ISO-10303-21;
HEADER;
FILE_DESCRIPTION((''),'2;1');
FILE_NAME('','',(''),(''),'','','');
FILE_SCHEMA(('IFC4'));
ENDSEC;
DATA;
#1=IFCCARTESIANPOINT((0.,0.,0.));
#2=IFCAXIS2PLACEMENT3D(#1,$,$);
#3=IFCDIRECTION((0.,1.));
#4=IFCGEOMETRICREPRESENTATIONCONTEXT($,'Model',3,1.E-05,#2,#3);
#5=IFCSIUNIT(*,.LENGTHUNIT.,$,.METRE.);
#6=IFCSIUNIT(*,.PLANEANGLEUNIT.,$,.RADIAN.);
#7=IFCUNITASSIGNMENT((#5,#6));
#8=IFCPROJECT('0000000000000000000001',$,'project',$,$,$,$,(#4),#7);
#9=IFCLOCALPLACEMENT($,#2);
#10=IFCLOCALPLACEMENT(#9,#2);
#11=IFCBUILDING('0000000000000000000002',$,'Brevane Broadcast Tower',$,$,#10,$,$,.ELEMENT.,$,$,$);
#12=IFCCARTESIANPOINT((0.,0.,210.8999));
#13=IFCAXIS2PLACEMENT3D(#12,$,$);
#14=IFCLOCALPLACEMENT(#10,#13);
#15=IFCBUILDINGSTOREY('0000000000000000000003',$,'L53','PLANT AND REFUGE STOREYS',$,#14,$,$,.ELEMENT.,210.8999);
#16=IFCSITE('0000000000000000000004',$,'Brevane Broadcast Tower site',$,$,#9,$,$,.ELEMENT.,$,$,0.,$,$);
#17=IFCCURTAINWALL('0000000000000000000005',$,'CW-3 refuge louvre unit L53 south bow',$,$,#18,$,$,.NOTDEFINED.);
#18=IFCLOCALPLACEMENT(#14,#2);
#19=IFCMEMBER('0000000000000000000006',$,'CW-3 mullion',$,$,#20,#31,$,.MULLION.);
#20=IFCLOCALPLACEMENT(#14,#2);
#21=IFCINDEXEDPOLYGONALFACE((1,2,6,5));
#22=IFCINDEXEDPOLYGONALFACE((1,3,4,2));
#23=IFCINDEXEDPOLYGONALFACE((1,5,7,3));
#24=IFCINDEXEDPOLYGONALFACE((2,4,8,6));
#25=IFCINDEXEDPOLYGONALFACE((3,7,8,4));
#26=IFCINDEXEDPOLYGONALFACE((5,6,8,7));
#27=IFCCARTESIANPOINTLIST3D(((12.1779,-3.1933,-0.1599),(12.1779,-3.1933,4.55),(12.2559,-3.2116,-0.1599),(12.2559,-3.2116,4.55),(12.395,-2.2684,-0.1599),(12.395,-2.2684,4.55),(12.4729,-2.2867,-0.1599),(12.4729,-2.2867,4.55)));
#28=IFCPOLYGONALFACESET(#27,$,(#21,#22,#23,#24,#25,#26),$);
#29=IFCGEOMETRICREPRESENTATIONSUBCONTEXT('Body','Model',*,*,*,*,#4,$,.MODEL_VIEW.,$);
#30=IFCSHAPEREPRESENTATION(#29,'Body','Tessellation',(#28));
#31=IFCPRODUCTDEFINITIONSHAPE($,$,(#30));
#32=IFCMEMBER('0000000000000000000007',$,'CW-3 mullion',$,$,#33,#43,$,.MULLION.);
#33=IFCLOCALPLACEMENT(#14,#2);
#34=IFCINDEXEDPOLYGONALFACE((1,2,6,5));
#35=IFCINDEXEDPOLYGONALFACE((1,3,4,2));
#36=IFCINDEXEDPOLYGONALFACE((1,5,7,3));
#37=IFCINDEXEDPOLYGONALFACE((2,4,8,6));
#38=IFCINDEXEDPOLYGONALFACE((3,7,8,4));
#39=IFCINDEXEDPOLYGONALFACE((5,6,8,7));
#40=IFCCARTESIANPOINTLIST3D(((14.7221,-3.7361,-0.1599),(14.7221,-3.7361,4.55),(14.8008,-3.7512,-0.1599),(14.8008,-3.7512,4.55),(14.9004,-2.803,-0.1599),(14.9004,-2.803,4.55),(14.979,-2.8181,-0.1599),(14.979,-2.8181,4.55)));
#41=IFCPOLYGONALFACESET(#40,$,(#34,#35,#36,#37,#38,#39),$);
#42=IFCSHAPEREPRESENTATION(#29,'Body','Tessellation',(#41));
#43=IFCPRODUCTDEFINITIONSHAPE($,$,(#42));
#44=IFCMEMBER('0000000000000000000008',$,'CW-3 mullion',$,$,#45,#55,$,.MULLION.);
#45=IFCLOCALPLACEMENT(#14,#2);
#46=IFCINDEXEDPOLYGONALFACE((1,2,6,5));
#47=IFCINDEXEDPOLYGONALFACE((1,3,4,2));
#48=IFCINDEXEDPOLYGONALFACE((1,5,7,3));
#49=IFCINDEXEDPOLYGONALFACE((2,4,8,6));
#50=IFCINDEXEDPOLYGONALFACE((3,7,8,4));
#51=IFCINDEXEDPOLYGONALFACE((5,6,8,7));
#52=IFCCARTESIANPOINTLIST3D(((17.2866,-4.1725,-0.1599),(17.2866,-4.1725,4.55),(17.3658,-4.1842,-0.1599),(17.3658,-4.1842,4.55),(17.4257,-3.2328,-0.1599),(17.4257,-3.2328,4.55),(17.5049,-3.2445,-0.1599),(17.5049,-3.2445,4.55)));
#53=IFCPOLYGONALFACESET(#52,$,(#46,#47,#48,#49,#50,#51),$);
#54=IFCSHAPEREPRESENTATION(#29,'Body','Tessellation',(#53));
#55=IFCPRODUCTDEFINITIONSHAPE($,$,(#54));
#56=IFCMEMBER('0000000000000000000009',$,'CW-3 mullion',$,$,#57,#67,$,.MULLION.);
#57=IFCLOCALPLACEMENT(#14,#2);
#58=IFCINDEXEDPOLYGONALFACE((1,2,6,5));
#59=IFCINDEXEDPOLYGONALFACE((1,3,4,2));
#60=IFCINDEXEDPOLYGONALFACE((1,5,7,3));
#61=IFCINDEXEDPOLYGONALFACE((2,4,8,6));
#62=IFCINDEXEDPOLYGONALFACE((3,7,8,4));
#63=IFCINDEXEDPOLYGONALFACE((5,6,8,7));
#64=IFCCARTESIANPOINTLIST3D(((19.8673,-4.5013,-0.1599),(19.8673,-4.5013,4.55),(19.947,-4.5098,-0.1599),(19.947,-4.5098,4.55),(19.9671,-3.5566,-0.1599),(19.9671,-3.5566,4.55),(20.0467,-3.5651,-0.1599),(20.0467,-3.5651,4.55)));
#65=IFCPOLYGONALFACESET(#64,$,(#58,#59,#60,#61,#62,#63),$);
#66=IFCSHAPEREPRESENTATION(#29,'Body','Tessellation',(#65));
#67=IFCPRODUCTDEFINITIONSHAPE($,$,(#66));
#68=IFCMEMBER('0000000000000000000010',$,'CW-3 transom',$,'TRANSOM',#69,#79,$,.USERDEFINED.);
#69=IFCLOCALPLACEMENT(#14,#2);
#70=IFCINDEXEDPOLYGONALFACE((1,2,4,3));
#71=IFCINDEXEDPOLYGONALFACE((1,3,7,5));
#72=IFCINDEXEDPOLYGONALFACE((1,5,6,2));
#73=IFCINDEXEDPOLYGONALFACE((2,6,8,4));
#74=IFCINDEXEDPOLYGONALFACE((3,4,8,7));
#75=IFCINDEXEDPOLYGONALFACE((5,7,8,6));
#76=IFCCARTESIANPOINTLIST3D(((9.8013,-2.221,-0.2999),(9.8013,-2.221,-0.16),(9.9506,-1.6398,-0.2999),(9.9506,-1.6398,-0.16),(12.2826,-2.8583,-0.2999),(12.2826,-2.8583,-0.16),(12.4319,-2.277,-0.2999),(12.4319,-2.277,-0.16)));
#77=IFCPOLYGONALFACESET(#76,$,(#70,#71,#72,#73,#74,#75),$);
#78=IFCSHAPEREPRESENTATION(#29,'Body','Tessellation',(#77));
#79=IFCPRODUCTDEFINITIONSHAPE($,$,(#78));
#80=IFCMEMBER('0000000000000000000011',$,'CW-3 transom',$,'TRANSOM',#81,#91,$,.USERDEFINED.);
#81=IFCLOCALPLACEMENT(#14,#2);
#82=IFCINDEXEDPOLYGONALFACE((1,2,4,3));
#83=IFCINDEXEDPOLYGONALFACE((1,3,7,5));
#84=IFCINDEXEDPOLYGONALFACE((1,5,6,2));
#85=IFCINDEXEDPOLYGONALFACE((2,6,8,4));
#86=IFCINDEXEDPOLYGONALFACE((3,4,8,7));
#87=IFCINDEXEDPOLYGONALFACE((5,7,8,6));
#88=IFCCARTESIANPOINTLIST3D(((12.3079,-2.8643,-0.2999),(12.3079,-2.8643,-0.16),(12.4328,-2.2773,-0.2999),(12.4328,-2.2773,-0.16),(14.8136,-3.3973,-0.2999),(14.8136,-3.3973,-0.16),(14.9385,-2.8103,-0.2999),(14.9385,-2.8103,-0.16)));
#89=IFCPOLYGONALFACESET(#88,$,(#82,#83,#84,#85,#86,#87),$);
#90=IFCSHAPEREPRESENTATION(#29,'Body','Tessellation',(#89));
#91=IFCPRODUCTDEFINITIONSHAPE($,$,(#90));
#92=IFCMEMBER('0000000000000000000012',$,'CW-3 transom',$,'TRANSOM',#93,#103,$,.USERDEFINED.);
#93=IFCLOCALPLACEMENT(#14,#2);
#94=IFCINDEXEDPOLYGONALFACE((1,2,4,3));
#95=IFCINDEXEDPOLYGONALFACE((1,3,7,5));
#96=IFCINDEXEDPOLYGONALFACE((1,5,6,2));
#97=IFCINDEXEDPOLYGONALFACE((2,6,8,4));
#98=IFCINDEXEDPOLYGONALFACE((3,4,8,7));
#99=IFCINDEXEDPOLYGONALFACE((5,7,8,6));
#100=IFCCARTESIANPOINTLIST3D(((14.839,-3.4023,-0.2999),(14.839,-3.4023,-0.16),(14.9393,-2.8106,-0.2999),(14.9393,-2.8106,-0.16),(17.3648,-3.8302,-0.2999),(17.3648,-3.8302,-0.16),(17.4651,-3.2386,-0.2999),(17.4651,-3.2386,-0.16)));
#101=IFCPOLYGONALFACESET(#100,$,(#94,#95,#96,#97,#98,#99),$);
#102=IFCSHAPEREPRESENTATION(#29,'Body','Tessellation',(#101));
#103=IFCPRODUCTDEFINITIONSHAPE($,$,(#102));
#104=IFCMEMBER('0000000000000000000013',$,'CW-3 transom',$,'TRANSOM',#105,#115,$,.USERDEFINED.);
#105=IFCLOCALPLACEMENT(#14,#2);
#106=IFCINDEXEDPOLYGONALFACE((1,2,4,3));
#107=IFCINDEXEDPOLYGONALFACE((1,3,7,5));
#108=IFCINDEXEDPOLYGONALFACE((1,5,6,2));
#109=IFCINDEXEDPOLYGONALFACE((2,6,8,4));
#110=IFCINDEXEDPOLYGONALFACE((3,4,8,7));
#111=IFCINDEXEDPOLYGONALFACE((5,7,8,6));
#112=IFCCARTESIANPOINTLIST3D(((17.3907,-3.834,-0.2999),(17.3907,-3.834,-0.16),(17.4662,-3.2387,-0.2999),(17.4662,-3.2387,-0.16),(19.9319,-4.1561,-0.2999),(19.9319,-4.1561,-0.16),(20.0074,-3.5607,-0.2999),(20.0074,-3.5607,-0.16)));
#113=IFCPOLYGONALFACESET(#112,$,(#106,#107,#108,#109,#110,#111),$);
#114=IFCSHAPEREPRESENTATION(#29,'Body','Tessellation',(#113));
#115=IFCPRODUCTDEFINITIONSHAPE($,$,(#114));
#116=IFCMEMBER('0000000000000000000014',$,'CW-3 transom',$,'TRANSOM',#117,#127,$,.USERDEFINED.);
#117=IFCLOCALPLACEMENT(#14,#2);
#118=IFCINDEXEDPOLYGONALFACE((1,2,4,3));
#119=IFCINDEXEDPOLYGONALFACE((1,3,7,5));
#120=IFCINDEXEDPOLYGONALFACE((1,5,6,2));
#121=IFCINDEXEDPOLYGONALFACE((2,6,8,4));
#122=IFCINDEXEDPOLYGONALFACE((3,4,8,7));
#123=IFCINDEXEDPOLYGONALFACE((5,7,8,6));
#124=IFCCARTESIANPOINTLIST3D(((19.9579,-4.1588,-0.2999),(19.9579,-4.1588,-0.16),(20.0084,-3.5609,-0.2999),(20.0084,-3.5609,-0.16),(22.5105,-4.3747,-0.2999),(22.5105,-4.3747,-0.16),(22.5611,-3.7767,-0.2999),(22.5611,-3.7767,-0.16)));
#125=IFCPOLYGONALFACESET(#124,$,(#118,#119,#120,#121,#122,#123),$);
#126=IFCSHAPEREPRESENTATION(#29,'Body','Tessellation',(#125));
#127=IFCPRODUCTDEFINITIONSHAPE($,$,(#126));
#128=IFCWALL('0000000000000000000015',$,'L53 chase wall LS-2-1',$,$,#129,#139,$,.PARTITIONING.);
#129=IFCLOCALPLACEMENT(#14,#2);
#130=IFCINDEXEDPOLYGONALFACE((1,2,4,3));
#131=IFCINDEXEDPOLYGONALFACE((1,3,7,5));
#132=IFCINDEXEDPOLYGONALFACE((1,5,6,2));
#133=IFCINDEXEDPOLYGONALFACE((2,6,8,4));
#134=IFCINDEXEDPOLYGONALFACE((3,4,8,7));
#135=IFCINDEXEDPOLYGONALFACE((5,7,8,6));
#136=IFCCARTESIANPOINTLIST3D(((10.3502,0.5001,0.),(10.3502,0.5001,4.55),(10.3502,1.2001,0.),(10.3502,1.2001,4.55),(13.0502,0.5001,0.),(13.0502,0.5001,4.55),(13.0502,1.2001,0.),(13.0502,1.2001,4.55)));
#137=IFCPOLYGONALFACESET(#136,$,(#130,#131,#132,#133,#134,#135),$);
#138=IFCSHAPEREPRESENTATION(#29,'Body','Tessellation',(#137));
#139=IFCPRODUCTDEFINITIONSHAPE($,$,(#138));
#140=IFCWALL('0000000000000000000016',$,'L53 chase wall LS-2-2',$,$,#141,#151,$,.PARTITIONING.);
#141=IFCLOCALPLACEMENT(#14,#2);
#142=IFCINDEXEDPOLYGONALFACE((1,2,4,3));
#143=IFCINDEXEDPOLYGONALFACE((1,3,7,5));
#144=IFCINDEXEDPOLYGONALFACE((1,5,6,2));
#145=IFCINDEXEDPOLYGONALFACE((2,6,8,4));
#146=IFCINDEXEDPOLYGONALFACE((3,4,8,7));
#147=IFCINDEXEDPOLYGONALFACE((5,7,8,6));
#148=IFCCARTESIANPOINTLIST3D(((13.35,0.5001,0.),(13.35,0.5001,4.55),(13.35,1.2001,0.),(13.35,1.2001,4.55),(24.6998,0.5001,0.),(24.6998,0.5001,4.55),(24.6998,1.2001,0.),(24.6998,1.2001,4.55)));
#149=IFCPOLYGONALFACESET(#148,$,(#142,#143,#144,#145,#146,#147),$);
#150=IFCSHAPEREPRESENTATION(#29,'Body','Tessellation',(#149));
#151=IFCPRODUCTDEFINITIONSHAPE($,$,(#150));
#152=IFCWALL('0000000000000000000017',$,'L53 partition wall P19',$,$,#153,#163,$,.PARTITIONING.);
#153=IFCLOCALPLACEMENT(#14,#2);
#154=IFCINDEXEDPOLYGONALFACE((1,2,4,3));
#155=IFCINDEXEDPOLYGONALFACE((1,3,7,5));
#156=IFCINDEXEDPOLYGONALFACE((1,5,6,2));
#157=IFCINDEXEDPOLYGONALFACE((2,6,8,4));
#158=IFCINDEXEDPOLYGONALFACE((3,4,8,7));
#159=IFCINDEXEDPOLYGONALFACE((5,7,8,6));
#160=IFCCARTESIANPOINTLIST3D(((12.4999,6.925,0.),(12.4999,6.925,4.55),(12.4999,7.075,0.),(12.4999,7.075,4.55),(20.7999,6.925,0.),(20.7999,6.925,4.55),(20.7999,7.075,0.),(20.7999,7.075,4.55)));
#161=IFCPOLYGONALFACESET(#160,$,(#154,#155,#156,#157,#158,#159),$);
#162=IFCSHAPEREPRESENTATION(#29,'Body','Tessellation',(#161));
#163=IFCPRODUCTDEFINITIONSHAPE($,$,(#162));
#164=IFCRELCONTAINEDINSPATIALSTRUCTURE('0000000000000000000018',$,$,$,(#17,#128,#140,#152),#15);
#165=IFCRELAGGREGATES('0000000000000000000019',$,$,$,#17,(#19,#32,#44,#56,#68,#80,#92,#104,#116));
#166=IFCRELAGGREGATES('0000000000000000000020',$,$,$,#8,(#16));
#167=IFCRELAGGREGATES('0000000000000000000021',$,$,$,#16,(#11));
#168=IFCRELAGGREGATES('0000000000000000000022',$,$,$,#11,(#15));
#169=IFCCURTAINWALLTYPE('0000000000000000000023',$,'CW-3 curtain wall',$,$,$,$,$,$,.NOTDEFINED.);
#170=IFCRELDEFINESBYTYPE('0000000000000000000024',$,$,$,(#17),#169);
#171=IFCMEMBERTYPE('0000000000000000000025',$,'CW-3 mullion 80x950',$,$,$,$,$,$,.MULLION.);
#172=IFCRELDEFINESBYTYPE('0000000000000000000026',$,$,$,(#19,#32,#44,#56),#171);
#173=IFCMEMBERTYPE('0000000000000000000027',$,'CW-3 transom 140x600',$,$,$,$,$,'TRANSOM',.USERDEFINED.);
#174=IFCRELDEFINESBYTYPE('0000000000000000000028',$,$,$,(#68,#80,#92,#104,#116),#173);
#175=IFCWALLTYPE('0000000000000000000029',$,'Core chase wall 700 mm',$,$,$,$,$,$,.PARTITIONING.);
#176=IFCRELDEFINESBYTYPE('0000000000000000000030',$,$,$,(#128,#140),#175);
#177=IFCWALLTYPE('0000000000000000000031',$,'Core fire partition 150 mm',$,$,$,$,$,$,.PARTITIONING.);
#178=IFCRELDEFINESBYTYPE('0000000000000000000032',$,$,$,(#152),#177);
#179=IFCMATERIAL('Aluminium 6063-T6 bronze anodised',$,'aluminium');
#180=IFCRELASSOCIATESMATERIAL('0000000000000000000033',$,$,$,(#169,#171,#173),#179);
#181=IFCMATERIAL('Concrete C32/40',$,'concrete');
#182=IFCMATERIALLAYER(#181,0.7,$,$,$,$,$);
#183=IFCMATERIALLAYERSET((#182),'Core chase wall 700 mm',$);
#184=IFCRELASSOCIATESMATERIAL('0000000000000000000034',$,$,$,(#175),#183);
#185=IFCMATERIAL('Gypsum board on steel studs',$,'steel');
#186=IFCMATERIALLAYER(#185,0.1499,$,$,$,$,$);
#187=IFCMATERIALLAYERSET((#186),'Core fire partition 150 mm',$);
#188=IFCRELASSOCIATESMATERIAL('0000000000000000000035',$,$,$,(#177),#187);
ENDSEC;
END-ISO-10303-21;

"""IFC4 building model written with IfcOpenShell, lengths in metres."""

from ifc_helpers import new_model, si_unit, direction, frame, frame_2d, origin, origin_2d, place, context, subcontext, project, spatial, rectangle, extrude, material, layer, layer_set, material_profile, profile_set, type_object, element, aggregate, save


model = new_model("IFC4")

# Units and contexts
model_context = context("Model", 3, precision=1e-05, world=origin(), true_north=direction((0.0, 1.0)))
body_context = subcontext(model_context, "Body", "Model", "MODEL_VIEW")
ifc_project = project(units=[si_unit("LENGTHUNIT", "METRE"), si_unit("PLANEANGLEUNIT", "RADIAN")], contexts=[model_context])

# Site, building, storey
site_placement = place(None, origin())
site = spatial("IfcSite", under=ifc_project, at=site_placement, Name="Brevane Broadcast Tower site", CompositionType="ELEMENT", RefElevation=0.0)
building_placement = place(site_placement, origin())
building = spatial("IfcBuilding", under=site, at=building_placement, Name="Brevane Broadcast Tower", CompositionType="ELEMENT")
storey_placement = place(building_placement, frame((0.0, 0.0, 210.8999)))
storey = spatial("IfcBuildingStorey", under=building, at=storey_placement, Name="L53", Description="PLANT AND REFUGE STOREYS", CompositionType="ELEMENT", Elevation=210.8999)

# Curtain wall, members
ifc_material_1 = material(Name="Aluminium 6063-T6 bronze anodised", Category="aluminium")
curtain_wall_type = type_object("IfcCurtainWallType", Name="CW-3 curtain wall", PredefinedType="NOTDEFINED", material=ifc_material_1)
curtain_wall_placement = place(storey_placement, origin())
curtain_wall = element("IfcCurtainWall", 1, at=curtain_wall_placement, inside=storey, type_object=curtain_wall_type, Name="CW-3 refuge louvre unit L53 south bow", PredefinedType="NOTDEFINED")
ifc_material_profile_1 = material_profile(ifc_material_1, rectangle(XDim=0.95, YDim=0.0801, at=origin_2d()), Name="RECT 80x950")
ifc_profile_set_1 = profile_set([ifc_material_profile_1], Name="Aluminium 6063-T6 bronze anodised")
member_type_1 = type_object("IfcMemberType", Name="CW-3 mullion 80x950", PredefinedType="MULLION", material=ifc_profile_set_1)
member_1_placement = place(storey_placement, frame((12.3254, -2.74, -0.1599), z_axis=(0.0, 0.0, 1.0), x_axis=(0.228467, 0.973552, 0.0)))
member_1 = element("IfcMember", 2, at=member_1_placement, type_object=member_type_1, Name="CW-3 mullion", PredefinedType="MULLION", context=body_context, shape_type="SweptSolid", body=[
    extrude(rectangle(XDim=0.95, YDim=0.0801, at=origin_2d()), origin(), (0.0, 0.0, 1.0), 4.71),
])
member_2_placement = place(storey_placement, frame((14.8506, -3.2771, -0.1599), z_axis=(0.0, 0.0, 1.0), x_axis=(0.187621, 0.982242, 0.0)))
member_2 = element("IfcMember", 3, at=member_2_placement, type_object=member_type_1, Name="CW-3 mullion", PredefinedType="MULLION", context=body_context, shape_type="SweptSolid", body=[
    extrude(rectangle(XDim=0.95, YDim=0.0801, at=origin_2d()), origin(), (0.0, 0.0, 1.0), 4.71),
])
member_3_placement = place(storey_placement, frame((17.3958, -3.7085, -0.1599), z_axis=(0.0, 0.0, 1.0), x_axis=(0.146447, 0.989218, 0.0)))
member_3 = element("IfcMember", 4, at=member_3_placement, type_object=member_type_1, Name="CW-3 mullion", PredefinedType="MULLION", context=body_context, shape_type="SweptSolid", body=[
    extrude(rectangle(XDim=0.95, YDim=0.0801, at=origin_2d()), origin(), (0.0, 0.0, 1.0), 4.71),
])
member_4_placement = place(storey_placement, frame((19.957, -4.0332, -0.1599), z_axis=(0.0, 0.0, 1.0), x_axis=(0.105018, 0.99447, 0.0)))
member_4 = element("IfcMember", 5, at=member_4_placement, type_object=member_type_1, Name="CW-3 mullion", PredefinedType="MULLION", context=body_context, shape_type="SweptSolid", body=[
    extrude(rectangle(XDim=0.95, YDim=0.0801, at=origin_2d()), origin(), (0.0, 0.0, 1.0), 4.71),
])
ifc_material_profile_2 = material_profile(ifc_material_1, rectangle(XDim=0.6001, YDim=0.1399, at=origin_2d()), Name="RECT 140x600")
ifc_profile_set_2 = profile_set([ifc_material_profile_2], Name="Aluminium 6063-T6 bronze anodised")
member_type_2 = type_object("IfcMemberType", Name="CW-3 transom 140x600", ElementType="TRANSOM", PredefinedType="USERDEFINED", material=ifc_profile_set_2)
member_5_placement = place(storey_placement, frame((9.876, -1.9304, -0.23), z_axis=(0.96857, -0.248742, 0.0), x_axis=(0.248742, 0.96857, 0.0)))
member_5 = element("IfcMember", 6, at=member_5_placement, type_object=member_type_2, Name="CW-3 transom", ObjectType="TRANSOM", PredefinedType="USERDEFINED", context=body_context, shape_type="SweptSolid", body=[
    extrude(rectangle(XDim=0.6001, YDim=0.1399, at=origin_2d()), origin(), (0.0, 0.0, 1.0), 2.5618),
])
member_6_placement = place(storey_placement, frame((12.3704, -2.5708, -0.23), z_axis=(0.978118, -0.208051, 0.0), x_axis=(0.208051, 0.978118, 0.0)))
member_6 = element("IfcMember", 7, at=member_6_placement, type_object=member_type_2, Name="CW-3 transom", ObjectType="TRANSOM", PredefinedType="USERDEFINED", context=body_context, shape_type="SweptSolid", body=[
    extrude(rectangle(XDim=0.6001, YDim=0.1399, at=origin_2d()), origin(), (0.0, 0.0, 1.0), 2.5618),
])
member_7_placement = place(storey_placement, frame((14.8892, -3.1064, -0.23), z_axis=(0.985947, -0.167056, 0.0), x_axis=(0.167056, 0.985947, 0.0)))
member_7 = element("IfcMember", 8, at=member_7_placement, type_object=member_type_2, Name="CW-3 transom", ObjectType="TRANSOM", PredefinedType="USERDEFINED", context=body_context, shape_type="SweptSolid", body=[
    extrude(rectangle(XDim=0.6001, YDim=0.1399, at=origin_2d()), origin(), (0.0, 0.0, 1.0), 2.5618),
])
member_8_placement = place(storey_placement, frame((17.4285, -3.5364, -0.23), z_axis=(0.992067, -0.125712, 0.0), x_axis=(0.125712, 0.992067, 0.0)))
member_8 = element("IfcMember", 9, at=member_8_placement, type_object=member_type_2, Name="CW-3 transom", ObjectType="TRANSOM", PredefinedType="USERDEFINED", context=body_context, shape_type="SweptSolid", body=[
    extrude(rectangle(XDim=0.6001, YDim=0.1399, at=origin_2d()), origin(), (0.0, 0.0, 1.0), 2.5615),
])
member_9_placement = place(storey_placement, frame((19.9832, -3.8599, -0.23), z_axis=(0.996445, -0.084244, 0.0), x_axis=(0.084244, 0.996445, 0.0)))
member_9 = element("IfcMember", 10, at=member_9_placement, type_object=member_type_2, Name="CW-3 transom", ObjectType="TRANSOM", PredefinedType="USERDEFINED", context=body_context, shape_type="SweptSolid", body=[
    extrude(rectangle(XDim=0.6001, YDim=0.1399, at=origin_2d()), origin(), (0.0, 0.0, 1.0), 2.5618),
])
aggregate(curtain_wall, [member_1, member_2, member_3, member_4, member_5, member_6, member_7, member_8, member_9])

# Walls
ifc_material_2 = material(Name="Concrete C32/40", Category="concrete")
ifc_layer_1 = layer(ifc_material_2, 0.7)
ifc_layer_set_1 = layer_set([ifc_layer_1], Name="Core chase wall 700 mm")
wall_type_1 = type_object("IfcWallType", Name="Core chase wall 700 mm", PredefinedType="PARTITIONING", material=ifc_layer_set_1)
wall_1_placement = place(storey_placement, frame((10.3501, 0.8501, 0.0), z_axis=(0.0, 0.0, 1.0), x_axis=(1.0, 0.0, 0.0)))
element("IfcWall", 11, at=wall_1_placement, inside=storey, type_object=wall_type_1, Name="L53 chase wall LS-2-1", PredefinedType="PARTITIONING", context=body_context, shape_type="SweptSolid", body=[
    extrude(rectangle(XDim=2.7, YDim=0.7, at=frame_2d((1.3501, 0.0))), origin(), (0.0, 0.0, 1.0), 4.55),
])
wall_2_placement = place(storey_placement, frame((13.3501, 0.8501, 0.0), z_axis=(0.0, 0.0, 1.0), x_axis=(1.0, 0.0, 0.0)))
element("IfcWall", 12, at=wall_2_placement, inside=storey, type_object=wall_type_1, Name="L53 chase wall LS-2-2", PredefinedType="PARTITIONING", context=body_context, shape_type="SweptSolid", body=[
    extrude(rectangle(XDim=11.3499, YDim=0.7, at=frame_2d((5.6748, 0.0))), origin(), (0.0, 0.0, 1.0), 4.55),
])
ifc_material_3 = material(Name="Gypsum board on steel studs", Category="steel")
ifc_layer_2 = layer(ifc_material_3, 0.1499)
ifc_layer_set_2 = layer_set([ifc_layer_2], Name="Core fire partition 150 mm")
wall_type_2 = type_object("IfcWallType", Name="Core fire partition 150 mm", PredefinedType="PARTITIONING", material=ifc_layer_set_2)
wall_3_placement = place(storey_placement, frame((12.5, 7.0, 0.0), z_axis=(0.0, 0.0, 1.0), x_axis=(1.0, 0.0, 0.0)))
element("IfcWall", 13, at=wall_3_placement, inside=storey, type_object=wall_type_2, Name="L53 partition wall P19", PredefinedType="PARTITIONING", context=body_context, shape_type="SweptSolid", body=[
    extrude(rectangle(XDim=8.3, YDim=0.1499, at=frame_2d((4.1499, 0.0))), origin(), (0.0, 0.0, 1.0), 4.55),
])

save(model, "model.ifc")
